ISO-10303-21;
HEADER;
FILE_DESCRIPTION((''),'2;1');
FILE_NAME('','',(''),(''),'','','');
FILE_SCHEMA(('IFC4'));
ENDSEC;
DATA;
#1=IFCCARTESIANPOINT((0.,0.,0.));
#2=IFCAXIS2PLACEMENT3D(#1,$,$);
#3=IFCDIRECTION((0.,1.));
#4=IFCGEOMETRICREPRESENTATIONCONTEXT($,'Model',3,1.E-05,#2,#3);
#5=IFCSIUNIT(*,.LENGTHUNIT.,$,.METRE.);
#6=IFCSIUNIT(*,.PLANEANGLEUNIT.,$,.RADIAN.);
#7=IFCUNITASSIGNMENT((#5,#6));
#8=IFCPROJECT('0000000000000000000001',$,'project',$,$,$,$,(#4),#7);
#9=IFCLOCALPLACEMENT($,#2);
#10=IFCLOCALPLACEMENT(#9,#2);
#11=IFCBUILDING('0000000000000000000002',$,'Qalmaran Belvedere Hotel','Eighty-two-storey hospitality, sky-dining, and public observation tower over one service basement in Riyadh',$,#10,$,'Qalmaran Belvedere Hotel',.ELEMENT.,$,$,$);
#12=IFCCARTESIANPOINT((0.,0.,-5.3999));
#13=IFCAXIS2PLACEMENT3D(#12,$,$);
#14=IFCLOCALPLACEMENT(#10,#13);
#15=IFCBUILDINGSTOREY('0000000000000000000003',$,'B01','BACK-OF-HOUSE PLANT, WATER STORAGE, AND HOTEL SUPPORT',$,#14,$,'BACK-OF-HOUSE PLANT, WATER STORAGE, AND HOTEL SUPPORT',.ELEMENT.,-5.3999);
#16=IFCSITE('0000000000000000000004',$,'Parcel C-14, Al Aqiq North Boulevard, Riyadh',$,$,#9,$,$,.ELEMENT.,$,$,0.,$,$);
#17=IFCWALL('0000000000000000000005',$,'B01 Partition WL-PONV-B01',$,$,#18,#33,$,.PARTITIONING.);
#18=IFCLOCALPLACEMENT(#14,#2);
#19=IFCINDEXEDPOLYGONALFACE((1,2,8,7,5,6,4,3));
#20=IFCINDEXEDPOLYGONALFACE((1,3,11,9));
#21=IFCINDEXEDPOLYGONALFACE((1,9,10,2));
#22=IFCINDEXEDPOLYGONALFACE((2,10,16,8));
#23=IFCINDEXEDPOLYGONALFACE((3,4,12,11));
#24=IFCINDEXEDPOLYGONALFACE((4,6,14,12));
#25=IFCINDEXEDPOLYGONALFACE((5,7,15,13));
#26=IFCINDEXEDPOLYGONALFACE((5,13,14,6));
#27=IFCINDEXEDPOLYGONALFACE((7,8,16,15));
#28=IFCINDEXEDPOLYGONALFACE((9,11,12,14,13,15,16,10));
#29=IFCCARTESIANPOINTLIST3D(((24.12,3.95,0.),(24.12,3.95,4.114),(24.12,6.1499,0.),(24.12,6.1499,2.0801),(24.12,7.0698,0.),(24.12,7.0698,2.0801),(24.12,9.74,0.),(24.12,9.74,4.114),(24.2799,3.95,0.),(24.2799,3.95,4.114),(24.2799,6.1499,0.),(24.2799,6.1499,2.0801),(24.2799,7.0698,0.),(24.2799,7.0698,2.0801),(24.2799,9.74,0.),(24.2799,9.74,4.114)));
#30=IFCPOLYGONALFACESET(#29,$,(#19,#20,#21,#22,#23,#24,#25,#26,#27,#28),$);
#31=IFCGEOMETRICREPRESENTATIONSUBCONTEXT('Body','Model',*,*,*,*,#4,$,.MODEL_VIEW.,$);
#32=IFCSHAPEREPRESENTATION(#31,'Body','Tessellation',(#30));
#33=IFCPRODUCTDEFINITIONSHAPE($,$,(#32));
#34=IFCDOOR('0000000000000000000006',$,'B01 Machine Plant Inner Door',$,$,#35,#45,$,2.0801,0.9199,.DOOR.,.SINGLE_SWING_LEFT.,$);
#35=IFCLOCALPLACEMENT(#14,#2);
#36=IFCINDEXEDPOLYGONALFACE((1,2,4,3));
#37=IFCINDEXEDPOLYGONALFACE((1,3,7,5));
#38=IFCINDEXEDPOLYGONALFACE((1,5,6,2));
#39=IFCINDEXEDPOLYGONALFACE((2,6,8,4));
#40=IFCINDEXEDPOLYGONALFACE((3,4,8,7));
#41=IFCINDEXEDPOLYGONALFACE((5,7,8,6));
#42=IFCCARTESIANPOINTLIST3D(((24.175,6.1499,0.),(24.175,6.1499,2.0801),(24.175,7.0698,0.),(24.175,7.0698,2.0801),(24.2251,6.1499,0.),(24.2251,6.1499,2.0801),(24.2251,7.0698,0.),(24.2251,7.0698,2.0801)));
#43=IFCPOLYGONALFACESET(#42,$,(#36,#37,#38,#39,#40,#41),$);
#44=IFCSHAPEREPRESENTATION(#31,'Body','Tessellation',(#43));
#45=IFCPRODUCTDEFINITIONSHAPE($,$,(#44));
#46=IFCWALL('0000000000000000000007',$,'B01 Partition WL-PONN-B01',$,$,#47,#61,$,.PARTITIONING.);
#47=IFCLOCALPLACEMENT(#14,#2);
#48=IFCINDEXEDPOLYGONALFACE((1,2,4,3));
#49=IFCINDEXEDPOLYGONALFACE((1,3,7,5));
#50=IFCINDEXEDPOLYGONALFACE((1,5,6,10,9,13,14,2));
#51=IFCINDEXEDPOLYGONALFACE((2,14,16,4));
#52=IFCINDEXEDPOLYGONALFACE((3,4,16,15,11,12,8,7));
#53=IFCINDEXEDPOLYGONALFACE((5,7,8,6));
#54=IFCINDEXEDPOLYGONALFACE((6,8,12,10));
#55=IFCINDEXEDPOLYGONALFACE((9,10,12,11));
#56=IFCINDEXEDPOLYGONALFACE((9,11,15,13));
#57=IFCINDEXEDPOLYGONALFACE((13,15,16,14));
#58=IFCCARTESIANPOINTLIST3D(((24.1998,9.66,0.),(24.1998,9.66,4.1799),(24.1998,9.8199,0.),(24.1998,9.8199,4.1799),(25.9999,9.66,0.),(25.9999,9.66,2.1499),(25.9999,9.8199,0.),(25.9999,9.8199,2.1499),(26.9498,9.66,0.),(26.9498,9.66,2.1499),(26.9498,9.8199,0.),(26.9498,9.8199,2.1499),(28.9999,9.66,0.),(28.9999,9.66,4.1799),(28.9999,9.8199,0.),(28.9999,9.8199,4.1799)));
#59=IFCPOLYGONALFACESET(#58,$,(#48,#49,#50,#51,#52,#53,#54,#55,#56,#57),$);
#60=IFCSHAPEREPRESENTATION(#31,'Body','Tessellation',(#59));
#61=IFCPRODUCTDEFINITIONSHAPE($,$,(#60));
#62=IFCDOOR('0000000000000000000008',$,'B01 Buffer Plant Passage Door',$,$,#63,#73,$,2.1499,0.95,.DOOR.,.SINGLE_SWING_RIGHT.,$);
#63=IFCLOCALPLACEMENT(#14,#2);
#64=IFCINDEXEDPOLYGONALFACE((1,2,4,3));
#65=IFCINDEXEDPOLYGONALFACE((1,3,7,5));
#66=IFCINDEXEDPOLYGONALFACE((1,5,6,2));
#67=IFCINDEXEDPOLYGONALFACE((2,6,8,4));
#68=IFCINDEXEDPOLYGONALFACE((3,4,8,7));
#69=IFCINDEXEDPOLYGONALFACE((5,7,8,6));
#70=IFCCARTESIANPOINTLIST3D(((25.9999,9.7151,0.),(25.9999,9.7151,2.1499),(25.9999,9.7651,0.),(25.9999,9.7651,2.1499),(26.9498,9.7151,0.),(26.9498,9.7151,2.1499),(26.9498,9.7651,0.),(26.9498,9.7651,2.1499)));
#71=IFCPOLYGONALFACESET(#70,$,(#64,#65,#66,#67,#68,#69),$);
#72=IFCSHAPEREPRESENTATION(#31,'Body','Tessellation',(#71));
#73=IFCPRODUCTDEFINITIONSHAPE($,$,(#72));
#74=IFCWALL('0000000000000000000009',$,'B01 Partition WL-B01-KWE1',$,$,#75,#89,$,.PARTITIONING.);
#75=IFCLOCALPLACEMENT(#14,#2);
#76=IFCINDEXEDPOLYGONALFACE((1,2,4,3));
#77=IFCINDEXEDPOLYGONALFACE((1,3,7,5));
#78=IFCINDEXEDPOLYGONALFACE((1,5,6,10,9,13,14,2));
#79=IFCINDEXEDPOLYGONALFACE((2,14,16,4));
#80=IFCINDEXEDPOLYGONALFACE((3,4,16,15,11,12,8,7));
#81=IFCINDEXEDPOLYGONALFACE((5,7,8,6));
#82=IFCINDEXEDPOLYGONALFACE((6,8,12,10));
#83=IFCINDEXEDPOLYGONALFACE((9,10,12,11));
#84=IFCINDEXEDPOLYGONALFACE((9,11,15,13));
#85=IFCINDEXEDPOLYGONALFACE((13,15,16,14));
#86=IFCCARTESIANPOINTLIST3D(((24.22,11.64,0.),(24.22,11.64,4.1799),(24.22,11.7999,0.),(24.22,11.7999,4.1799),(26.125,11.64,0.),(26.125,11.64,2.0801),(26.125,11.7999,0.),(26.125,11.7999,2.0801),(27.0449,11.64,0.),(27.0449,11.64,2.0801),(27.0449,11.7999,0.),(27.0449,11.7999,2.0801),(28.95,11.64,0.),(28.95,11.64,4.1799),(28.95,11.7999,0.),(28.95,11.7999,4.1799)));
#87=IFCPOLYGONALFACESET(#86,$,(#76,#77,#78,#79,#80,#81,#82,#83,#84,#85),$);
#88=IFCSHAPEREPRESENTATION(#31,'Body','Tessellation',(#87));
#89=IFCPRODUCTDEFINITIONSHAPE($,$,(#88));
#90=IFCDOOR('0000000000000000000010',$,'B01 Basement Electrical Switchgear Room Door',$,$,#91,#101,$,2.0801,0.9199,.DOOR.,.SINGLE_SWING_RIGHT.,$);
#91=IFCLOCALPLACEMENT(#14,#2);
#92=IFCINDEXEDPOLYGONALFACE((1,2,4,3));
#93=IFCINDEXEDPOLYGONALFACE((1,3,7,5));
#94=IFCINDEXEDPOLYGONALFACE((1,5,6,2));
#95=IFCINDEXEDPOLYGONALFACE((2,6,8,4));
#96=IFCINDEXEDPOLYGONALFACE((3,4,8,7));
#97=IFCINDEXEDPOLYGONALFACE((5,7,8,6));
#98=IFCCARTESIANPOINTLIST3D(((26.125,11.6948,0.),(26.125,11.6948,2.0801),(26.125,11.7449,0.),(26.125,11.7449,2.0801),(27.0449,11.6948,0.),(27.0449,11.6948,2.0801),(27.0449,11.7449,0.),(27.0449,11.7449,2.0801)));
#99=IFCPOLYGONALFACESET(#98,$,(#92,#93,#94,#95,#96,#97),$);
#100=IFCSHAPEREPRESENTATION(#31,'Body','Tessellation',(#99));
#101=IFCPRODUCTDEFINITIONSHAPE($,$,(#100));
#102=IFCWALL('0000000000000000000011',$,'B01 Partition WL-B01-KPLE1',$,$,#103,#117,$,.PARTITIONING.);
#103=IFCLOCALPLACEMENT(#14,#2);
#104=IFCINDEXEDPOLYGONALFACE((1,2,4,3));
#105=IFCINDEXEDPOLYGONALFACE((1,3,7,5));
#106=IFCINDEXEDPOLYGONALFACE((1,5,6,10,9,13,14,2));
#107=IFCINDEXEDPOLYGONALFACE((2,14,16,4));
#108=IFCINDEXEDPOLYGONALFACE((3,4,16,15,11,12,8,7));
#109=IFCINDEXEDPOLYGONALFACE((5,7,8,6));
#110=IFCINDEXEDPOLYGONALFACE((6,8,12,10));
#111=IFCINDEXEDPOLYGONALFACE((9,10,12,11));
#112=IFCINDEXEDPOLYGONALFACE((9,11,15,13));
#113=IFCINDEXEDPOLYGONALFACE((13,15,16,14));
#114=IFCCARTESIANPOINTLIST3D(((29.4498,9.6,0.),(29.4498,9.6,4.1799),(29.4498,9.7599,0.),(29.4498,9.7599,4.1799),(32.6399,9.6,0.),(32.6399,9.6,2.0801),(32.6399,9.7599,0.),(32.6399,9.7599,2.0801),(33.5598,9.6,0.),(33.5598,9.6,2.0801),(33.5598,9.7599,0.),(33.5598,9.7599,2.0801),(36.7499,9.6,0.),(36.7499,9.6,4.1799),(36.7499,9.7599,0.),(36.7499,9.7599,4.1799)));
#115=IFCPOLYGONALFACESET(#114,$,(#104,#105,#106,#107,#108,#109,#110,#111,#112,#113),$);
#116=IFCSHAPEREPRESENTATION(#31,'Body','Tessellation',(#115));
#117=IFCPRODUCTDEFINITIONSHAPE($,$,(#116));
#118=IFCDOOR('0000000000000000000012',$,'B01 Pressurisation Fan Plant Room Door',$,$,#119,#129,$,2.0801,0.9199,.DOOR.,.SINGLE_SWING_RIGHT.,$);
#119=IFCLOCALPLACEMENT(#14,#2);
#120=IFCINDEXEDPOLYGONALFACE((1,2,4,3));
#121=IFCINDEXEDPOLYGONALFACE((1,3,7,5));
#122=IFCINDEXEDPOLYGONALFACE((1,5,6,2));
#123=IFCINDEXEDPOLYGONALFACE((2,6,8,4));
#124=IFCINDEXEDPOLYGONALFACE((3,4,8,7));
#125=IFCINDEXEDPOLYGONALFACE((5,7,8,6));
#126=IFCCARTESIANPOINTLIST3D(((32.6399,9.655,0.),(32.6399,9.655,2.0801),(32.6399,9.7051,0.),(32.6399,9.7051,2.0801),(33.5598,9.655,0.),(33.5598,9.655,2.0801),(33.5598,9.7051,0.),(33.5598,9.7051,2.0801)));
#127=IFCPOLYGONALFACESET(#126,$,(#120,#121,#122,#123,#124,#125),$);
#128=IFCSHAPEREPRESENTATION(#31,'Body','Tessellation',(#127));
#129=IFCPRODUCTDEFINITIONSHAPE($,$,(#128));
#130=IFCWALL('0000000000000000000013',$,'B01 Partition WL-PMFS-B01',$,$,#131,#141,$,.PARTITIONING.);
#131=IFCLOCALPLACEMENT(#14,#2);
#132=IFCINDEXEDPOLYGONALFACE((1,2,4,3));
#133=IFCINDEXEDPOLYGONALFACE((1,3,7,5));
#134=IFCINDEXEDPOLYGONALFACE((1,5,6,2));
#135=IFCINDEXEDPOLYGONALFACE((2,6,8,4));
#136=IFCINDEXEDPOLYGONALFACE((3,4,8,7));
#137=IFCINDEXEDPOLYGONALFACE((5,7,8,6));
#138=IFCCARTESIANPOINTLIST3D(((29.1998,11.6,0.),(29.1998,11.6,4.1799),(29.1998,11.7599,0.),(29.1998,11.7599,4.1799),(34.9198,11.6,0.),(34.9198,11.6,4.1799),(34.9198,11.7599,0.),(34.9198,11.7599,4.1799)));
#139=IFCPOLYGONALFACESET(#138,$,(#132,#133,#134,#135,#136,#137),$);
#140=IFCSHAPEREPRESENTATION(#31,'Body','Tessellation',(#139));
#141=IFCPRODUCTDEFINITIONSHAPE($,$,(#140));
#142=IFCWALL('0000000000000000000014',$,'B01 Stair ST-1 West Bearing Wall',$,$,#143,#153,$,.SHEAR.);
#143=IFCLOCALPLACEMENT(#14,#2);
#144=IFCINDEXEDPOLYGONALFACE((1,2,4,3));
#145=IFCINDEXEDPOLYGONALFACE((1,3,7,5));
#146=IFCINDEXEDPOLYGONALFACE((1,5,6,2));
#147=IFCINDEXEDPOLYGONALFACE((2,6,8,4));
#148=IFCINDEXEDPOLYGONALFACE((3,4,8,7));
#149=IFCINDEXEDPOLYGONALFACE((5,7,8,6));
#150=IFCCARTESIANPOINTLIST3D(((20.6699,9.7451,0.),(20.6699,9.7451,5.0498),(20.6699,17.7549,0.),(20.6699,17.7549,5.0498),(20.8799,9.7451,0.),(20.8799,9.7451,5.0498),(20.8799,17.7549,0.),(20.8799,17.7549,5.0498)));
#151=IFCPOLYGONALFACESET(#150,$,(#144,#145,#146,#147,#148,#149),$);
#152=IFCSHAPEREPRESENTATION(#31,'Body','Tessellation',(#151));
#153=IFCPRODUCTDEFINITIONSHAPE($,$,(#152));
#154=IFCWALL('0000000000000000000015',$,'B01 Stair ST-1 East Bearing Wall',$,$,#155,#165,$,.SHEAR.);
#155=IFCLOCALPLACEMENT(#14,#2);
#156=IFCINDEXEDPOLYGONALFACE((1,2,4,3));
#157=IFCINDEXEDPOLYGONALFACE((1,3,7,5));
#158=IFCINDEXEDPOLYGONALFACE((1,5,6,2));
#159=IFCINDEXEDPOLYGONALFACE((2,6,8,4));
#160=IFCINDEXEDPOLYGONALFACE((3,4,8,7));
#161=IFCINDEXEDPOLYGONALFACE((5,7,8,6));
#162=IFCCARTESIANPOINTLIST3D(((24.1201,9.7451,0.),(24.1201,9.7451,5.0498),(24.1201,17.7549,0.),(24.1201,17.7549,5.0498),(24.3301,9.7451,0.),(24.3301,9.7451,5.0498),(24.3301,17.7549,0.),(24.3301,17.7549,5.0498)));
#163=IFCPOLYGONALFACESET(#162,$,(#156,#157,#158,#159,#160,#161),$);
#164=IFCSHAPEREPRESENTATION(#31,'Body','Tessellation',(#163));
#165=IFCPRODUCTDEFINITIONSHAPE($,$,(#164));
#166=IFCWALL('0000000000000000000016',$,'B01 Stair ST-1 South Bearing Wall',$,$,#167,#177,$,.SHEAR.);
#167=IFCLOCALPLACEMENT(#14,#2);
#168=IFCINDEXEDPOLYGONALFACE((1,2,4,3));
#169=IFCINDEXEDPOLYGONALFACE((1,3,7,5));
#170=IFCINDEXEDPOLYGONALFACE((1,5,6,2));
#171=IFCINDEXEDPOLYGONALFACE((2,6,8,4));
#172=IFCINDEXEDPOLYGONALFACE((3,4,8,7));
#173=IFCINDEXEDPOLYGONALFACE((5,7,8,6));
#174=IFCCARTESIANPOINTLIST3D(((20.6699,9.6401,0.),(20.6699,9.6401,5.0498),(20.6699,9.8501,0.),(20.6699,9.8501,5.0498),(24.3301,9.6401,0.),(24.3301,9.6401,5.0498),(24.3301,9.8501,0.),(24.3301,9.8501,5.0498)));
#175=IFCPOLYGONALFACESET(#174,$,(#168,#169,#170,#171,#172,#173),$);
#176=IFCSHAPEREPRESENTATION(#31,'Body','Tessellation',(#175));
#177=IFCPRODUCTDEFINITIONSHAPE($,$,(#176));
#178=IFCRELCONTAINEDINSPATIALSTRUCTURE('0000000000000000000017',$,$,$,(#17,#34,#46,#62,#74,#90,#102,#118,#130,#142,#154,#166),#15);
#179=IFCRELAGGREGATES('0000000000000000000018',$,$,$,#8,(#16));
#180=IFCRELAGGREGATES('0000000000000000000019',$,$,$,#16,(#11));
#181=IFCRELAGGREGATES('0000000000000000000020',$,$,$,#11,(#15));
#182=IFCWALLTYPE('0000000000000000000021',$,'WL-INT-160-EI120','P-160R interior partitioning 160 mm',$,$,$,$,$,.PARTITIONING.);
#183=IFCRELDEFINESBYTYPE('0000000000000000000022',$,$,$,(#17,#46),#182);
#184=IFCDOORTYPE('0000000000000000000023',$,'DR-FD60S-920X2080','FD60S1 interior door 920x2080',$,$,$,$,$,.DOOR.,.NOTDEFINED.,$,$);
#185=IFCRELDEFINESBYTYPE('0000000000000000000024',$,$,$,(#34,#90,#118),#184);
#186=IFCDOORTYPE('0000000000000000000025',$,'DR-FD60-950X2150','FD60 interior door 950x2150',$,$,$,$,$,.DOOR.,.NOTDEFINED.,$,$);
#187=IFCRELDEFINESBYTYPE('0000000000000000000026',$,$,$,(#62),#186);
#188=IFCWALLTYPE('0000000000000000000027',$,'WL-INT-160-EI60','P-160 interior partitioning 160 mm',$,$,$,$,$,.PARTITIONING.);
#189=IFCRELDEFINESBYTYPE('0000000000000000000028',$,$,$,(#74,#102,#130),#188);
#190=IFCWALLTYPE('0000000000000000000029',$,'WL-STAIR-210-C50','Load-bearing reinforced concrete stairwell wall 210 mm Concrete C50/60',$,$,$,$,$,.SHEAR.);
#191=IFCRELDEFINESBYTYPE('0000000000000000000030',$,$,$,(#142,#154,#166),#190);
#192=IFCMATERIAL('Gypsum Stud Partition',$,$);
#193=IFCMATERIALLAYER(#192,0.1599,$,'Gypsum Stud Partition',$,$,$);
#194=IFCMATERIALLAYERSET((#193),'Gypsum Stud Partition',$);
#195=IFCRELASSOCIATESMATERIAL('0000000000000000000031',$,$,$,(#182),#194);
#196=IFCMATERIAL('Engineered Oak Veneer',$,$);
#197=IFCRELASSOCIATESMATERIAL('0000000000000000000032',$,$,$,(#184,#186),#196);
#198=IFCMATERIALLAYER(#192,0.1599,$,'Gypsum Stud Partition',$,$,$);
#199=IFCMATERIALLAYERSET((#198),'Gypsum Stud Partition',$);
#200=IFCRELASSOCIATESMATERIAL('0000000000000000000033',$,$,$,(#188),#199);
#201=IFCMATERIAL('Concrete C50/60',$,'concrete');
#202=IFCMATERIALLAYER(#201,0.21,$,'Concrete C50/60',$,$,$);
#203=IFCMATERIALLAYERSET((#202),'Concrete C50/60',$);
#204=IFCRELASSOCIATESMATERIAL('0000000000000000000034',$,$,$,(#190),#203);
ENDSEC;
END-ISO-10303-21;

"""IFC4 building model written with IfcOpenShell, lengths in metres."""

from ifc_helpers import new_model, si_unit, direction, frame, frame_2d, origin, place, context, subcontext, project, spatial, rectangle, extrude, material, layer, layer_set, type_object, element, fill, save


model = new_model("IFC4")

# Units and contexts
model_context = context("Model", 3, precision=1e-05, world=origin(), true_north=direction((0.0, 1.0)))
body_context = subcontext(model_context, "Body", "Model", "MODEL_VIEW")
ifc_project = project(units=[si_unit("LENGTHUNIT", "METRE"), si_unit("PLANEANGLEUNIT", "RADIAN")], contexts=[model_context])

# Site, building, storey
site_placement = place(None, origin())
site = spatial("IfcSite", under=ifc_project, at=site_placement, Name="Parcel C-14, Al Aqiq North Boulevard, Riyadh", CompositionType="ELEMENT", RefElevation=0.0)
building_placement = place(site_placement, origin())
building = spatial("IfcBuilding", under=site, at=building_placement, Name="Qalmaran Belvedere Hotel", Description="Eighty-two-storey hospitality, sky-dining, and public observation tower over one service basement in Riyadh", LongName="Qalmaran Belvedere Hotel", CompositionType="ELEMENT")
storey_placement = place(building_placement, frame((0.0, 0.0, -5.3999)))
storey = spatial("IfcBuildingStorey", under=building, at=storey_placement, Name="B01", Description="BACK-OF-HOUSE PLANT, WATER STORAGE, AND HOTEL SUPPORT", LongName="BACK-OF-HOUSE PLANT, WATER STORAGE, AND HOTEL SUPPORT", CompositionType="ELEMENT", Elevation=-5.3999)

# Shared definitions
ifc_material_1 = material(Name="Concrete C50/60", Category="concrete")

# Shared definitions
ifc_material_2 = material(Name="Gypsum Stud Partition")
ifc_layer_1 = layer(ifc_material_2, 0.1599, Name="Gypsum Stud Partition")
ifc_layer_set_1 = layer_set([ifc_layer_1], Name="Gypsum Stud Partition")
wall_type_1 = type_object("IfcWallType", Name="WL-INT-160-EI120", Description="P-160R interior partitioning 160 mm", PredefinedType="PARTITIONING", material=ifc_layer_set_1)

# Walls, openings, doors
wall_1_placement = place(storey_placement, frame((24.2, 3.95, 0.0), z_axis=(0.0, 0.0, 1.0), x_axis=(0.0, 1.0, 0.0)))
wall_1 = element("IfcWall", 1, at=wall_1_placement, inside=storey, type_object=wall_type_1, Name="B01 Partition WL-PONV-B01", PredefinedType="PARTITIONING", context=body_context, shape_type="SweptSolid", body=[
    extrude(rectangle(XDim=5.79, YDim=0.1599, at=frame_2d((2.895, 0.0))), origin(), (0.0, 0.0, 1.0), 4.114),
])
opening_1_placement = place(wall_1_placement, frame((2.2, 0.0, 0.0)))
opening_1 = element("IfcOpeningElement", 2, at=opening_1_placement, cuts=wall_1, PredefinedType="OPENING", context=body_context, shape_type="SweptSolid", body=[
    extrude(rectangle(XDim=0.9199, YDim=2.0801, at=frame_2d((0.46, 1.04))), frame((0.0, 0.0898, 0.0), z_axis=(0.0, -1.0, 0.0), x_axis=(1.0, 0.0, 0.0)), (0.0, 0.0, 1.0), 0.1799),
])
ifc_material_3 = material(Name="Engineered Oak Veneer")
door_type_1 = type_object("IfcDoorType", Name="DR-FD60S-920X2080", Description="FD60S1 interior door 920x2080", OperationType="NOTDEFINED", PredefinedType="DOOR", material=ifc_material_3)
door_1_placement = place(opening_1_placement, origin())
door_1 = element("IfcDoor", 3, at=door_1_placement, inside=storey, type_object=door_type_1, Name="B01 Machine Plant Inner Door", OperationType="SINGLE_SWING_LEFT", OverallHeight=2.0801, OverallWidth=0.9199, PredefinedType="DOOR", context=body_context, shape_type="SweptSolid", body=[
    extrude(rectangle(XDim=0.9199, YDim=2.0801, at=frame_2d((0.46, 1.04))), frame((0.0, 0.0249, 0.0), z_axis=(0.0, -1.0, 0.0), x_axis=(1.0, 0.0, 0.0)), (0.0, 0.0, 1.0), 0.05),
])
fill(opening_1, door_1)
wall_2_placement = place(storey_placement, frame((24.2, 9.74, 0.0), z_axis=(0.0, 0.0, 1.0), x_axis=(1.0, 0.0, 0.0)))
wall_2 = element("IfcWall", 4, at=wall_2_placement, inside=storey, type_object=wall_type_1, Name="B01 Partition WL-PONN-B01", PredefinedType="PARTITIONING", context=body_context, shape_type="SweptSolid", body=[
    extrude(rectangle(XDim=4.8, YDim=0.1599, at=frame_2d((2.3999, 0.0))), origin(), (0.0, 0.0, 1.0), 4.1799),
])
opening_2_placement = place(wall_2_placement, frame((2.75, 0.0, 0.0), z_axis=(0.0, 0.0, 1.0), x_axis=(-1.0, 0.0, 0.0)))
opening_2 = element("IfcOpeningElement", 5, at=opening_2_placement, cuts=wall_2, PredefinedType="OPENING", context=body_context, shape_type="SweptSolid", body=[
    extrude(rectangle(XDim=0.95, YDim=2.1499, at=frame_2d((0.4751, 1.075))), frame((0.0, 0.0898, 0.0), z_axis=(0.0, -1.0, 0.0), x_axis=(1.0, 0.0, 0.0)), (0.0, 0.0, 1.0), 0.1799),
])
door_type_2 = type_object("IfcDoorType", Name="DR-FD60-950X2150", Description="FD60 interior door 950x2150", OperationType="NOTDEFINED", PredefinedType="DOOR", material=ifc_material_3)
door_2_placement = place(opening_2_placement, origin())
door_2 = element("IfcDoor", 6, at=door_2_placement, inside=storey, type_object=door_type_2, Name="B01 Buffer Plant Passage Door", OperationType="SINGLE_SWING_RIGHT", OverallHeight=2.1499, OverallWidth=0.95, PredefinedType="DOOR", context=body_context, shape_type="SweptSolid", body=[
    extrude(rectangle(XDim=0.95, YDim=2.1499, at=frame_2d((0.4751, 1.075))), frame((0.0, 0.0249, 0.0), z_axis=(0.0, -1.0, 0.0), x_axis=(1.0, 0.0, 0.0)), (0.0, 0.0, 1.0), 0.05),
])
fill(opening_2, door_2)
ifc_layer_2 = layer(ifc_material_2, 0.1599, Name="Gypsum Stud Partition")
ifc_layer_set_2 = layer_set([ifc_layer_2], Name="Gypsum Stud Partition")
wall_type_2 = type_object("IfcWallType", Name="WL-INT-160-EI60", Description="P-160 interior partitioning 160 mm", PredefinedType="PARTITIONING", material=ifc_layer_set_2)
wall_3_placement = place(storey_placement, frame((24.22, 11.72, 0.0), z_axis=(0.0, 0.0, 1.0), x_axis=(1.0, 0.0, 0.0)))
wall_3 = element("IfcWall", 7, at=wall_3_placement, inside=storey, type_object=wall_type_2, Name="B01 Partition WL-B01-KWE1", PredefinedType="PARTITIONING", context=body_context, shape_type="SweptSolid", body=[
    extrude(rectangle(XDim=4.73, YDim=0.1599, at=frame_2d((2.365, 0.0))), origin(), (0.0, 0.0, 1.0), 4.1799),
])
opening_3_placement = place(wall_3_placement, frame((1.905, 0.0, 0.0)))
opening_3 = element("IfcOpeningElement", 8, at=opening_3_placement, cuts=wall_3, PredefinedType="OPENING", context=body_context, shape_type="SweptSolid", body=[
    extrude(rectangle(XDim=0.9199, YDim=2.0801, at=frame_2d((0.46, 1.04))), frame((0.0, 0.0898, 0.0), z_axis=(0.0, -1.0, 0.0), x_axis=(1.0, 0.0, 0.0)), (0.0, 0.0, 1.0), 0.1799),
])
door_3_placement = place(opening_3_placement, origin())
door_3 = element("IfcDoor", 9, at=door_3_placement, inside=storey, type_object=door_type_1, Name="B01 Basement Electrical Switchgear Room Door", OperationType="SINGLE_SWING_RIGHT", OverallHeight=2.0801, OverallWidth=0.9199, PredefinedType="DOOR", context=body_context, shape_type="SweptSolid", body=[
    extrude(rectangle(XDim=0.9199, YDim=2.0801, at=frame_2d((0.46, 1.04))), frame((0.0, 0.0249, 0.0), z_axis=(0.0, -1.0, 0.0), x_axis=(1.0, 0.0, 0.0)), (0.0, 0.0, 1.0), 0.05),
])
fill(opening_3, door_3)
wall_4_placement = place(storey_placement, frame((29.45, 9.6799, 0.0), z_axis=(0.0, 0.0, 1.0), x_axis=(1.0, 0.0, 0.0)))
wall_4 = element("IfcWall", 10, at=wall_4_placement, inside=storey, type_object=wall_type_2, Name="B01 Partition WL-B01-KPLE1", PredefinedType="PARTITIONING", context=body_context, shape_type="SweptSolid", body=[
    extrude(rectangle(XDim=7.3, YDim=0.1599, at=frame_2d((3.6499, 0.0))), origin(), (0.0, 0.0, 1.0), 4.1799),
])
opening_4_placement = place(wall_4_placement, frame((4.1099, 0.0, 0.0), z_axis=(0.0, 0.0, 1.0), x_axis=(-1.0, 0.0, 0.0)))
opening_4 = element("IfcOpeningElement", 11, at=opening_4_placement, cuts=wall_4, PredefinedType="OPENING", context=body_context, shape_type="SweptSolid", body=[
    extrude(rectangle(XDim=0.9199, YDim=2.0801, at=frame_2d((0.46, 1.04))), frame((0.0, 0.0898, 0.0), z_axis=(0.0, -1.0, 0.0), x_axis=(1.0, 0.0, 0.0)), (0.0, 0.0, 1.0), 0.1799),
])
door_4_placement = place(opening_4_placement, origin())
door_4 = element("IfcDoor", 12, at=door_4_placement, inside=storey, type_object=door_type_1, Name="B01 Pressurisation Fan Plant Room Door", OperationType="SINGLE_SWING_RIGHT", OverallHeight=2.0801, OverallWidth=0.9199, PredefinedType="DOOR", context=body_context, shape_type="SweptSolid", body=[
    extrude(rectangle(XDim=0.9199, YDim=2.0801, at=frame_2d((0.46, 1.04))), frame((0.0, 0.0249, 0.0), z_axis=(0.0, -1.0, 0.0), x_axis=(1.0, 0.0, 0.0)), (0.0, 0.0, 1.0), 0.05),
])
fill(opening_4, door_4)

# Walls
wall_5_placement = place(storey_placement, frame((29.2, 11.6799, 0.0), z_axis=(0.0, 0.0, 1.0), x_axis=(1.0, 0.0, 0.0)))
element("IfcWall", 13, at=wall_5_placement, inside=storey, type_object=wall_type_2, Name="B01 Partition WL-PMFS-B01", PredefinedType="PARTITIONING", context=body_context, shape_type="SweptSolid", body=[
    extrude(rectangle(XDim=5.72, YDim=0.1599, at=frame_2d((2.8599, 0.0))), origin(), (0.0, 0.0, 1.0), 4.1799),
])
ifc_layer_3 = layer(ifc_material_1, 0.21, Name="Concrete C50/60")
ifc_layer_set_3 = layer_set([ifc_layer_3], Name="Concrete C50/60")
wall_type_3 = type_object("IfcWallType", Name="WL-STAIR-210-C50", Description="Load-bearing reinforced concrete stairwell wall 210 mm Concrete C50/60", PredefinedType="SHEAR", material=ifc_layer_set_3)
for number, where, z_axis, x_axis, name in (
    (14, (20.7749, 9.7451, 0.0), (0.0, 0.0, 1.0), (0.0, 1.0, 0.0), "B01 Stair ST-1 West Bearing Wall"),
    (15, (24.2251, 9.7451, 0.0), (0.0, 0.0, 1.0), (0.0, 1.0, 0.0), "B01 Stair ST-1 East Bearing Wall"),
):
    element("IfcWall", number, at=place(storey_placement, frame(where, z_axis=z_axis, x_axis=x_axis)), inside=storey, type_object=wall_type_3, Name=name, PredefinedType="SHEAR", context=body_context, shape_type="SweptSolid", body=[
        extrude(rectangle(XDim=8.0098, YDim=0.21, at=frame_2d((4.0049, 0.0))), origin(), (0.0, 0.0, 1.0), 5.0498),
    ])
wall_6_placement = place(storey_placement, frame((20.6699, 9.7451, 0.0), z_axis=(0.0, 0.0, 1.0), x_axis=(1.0, 0.0, 0.0)))
element("IfcWall", 16, at=wall_6_placement, inside=storey, type_object=wall_type_3, Name="B01 Stair ST-1 South Bearing Wall", PredefinedType="SHEAR", context=body_context, shape_type="SweptSolid", body=[
    extrude(rectangle(XDim=3.6602, YDim=0.21, at=frame_2d((1.8301, 0.0))), origin(), (0.0, 0.0, 1.0), 5.0498),
])

save(model, "model.ifc")
